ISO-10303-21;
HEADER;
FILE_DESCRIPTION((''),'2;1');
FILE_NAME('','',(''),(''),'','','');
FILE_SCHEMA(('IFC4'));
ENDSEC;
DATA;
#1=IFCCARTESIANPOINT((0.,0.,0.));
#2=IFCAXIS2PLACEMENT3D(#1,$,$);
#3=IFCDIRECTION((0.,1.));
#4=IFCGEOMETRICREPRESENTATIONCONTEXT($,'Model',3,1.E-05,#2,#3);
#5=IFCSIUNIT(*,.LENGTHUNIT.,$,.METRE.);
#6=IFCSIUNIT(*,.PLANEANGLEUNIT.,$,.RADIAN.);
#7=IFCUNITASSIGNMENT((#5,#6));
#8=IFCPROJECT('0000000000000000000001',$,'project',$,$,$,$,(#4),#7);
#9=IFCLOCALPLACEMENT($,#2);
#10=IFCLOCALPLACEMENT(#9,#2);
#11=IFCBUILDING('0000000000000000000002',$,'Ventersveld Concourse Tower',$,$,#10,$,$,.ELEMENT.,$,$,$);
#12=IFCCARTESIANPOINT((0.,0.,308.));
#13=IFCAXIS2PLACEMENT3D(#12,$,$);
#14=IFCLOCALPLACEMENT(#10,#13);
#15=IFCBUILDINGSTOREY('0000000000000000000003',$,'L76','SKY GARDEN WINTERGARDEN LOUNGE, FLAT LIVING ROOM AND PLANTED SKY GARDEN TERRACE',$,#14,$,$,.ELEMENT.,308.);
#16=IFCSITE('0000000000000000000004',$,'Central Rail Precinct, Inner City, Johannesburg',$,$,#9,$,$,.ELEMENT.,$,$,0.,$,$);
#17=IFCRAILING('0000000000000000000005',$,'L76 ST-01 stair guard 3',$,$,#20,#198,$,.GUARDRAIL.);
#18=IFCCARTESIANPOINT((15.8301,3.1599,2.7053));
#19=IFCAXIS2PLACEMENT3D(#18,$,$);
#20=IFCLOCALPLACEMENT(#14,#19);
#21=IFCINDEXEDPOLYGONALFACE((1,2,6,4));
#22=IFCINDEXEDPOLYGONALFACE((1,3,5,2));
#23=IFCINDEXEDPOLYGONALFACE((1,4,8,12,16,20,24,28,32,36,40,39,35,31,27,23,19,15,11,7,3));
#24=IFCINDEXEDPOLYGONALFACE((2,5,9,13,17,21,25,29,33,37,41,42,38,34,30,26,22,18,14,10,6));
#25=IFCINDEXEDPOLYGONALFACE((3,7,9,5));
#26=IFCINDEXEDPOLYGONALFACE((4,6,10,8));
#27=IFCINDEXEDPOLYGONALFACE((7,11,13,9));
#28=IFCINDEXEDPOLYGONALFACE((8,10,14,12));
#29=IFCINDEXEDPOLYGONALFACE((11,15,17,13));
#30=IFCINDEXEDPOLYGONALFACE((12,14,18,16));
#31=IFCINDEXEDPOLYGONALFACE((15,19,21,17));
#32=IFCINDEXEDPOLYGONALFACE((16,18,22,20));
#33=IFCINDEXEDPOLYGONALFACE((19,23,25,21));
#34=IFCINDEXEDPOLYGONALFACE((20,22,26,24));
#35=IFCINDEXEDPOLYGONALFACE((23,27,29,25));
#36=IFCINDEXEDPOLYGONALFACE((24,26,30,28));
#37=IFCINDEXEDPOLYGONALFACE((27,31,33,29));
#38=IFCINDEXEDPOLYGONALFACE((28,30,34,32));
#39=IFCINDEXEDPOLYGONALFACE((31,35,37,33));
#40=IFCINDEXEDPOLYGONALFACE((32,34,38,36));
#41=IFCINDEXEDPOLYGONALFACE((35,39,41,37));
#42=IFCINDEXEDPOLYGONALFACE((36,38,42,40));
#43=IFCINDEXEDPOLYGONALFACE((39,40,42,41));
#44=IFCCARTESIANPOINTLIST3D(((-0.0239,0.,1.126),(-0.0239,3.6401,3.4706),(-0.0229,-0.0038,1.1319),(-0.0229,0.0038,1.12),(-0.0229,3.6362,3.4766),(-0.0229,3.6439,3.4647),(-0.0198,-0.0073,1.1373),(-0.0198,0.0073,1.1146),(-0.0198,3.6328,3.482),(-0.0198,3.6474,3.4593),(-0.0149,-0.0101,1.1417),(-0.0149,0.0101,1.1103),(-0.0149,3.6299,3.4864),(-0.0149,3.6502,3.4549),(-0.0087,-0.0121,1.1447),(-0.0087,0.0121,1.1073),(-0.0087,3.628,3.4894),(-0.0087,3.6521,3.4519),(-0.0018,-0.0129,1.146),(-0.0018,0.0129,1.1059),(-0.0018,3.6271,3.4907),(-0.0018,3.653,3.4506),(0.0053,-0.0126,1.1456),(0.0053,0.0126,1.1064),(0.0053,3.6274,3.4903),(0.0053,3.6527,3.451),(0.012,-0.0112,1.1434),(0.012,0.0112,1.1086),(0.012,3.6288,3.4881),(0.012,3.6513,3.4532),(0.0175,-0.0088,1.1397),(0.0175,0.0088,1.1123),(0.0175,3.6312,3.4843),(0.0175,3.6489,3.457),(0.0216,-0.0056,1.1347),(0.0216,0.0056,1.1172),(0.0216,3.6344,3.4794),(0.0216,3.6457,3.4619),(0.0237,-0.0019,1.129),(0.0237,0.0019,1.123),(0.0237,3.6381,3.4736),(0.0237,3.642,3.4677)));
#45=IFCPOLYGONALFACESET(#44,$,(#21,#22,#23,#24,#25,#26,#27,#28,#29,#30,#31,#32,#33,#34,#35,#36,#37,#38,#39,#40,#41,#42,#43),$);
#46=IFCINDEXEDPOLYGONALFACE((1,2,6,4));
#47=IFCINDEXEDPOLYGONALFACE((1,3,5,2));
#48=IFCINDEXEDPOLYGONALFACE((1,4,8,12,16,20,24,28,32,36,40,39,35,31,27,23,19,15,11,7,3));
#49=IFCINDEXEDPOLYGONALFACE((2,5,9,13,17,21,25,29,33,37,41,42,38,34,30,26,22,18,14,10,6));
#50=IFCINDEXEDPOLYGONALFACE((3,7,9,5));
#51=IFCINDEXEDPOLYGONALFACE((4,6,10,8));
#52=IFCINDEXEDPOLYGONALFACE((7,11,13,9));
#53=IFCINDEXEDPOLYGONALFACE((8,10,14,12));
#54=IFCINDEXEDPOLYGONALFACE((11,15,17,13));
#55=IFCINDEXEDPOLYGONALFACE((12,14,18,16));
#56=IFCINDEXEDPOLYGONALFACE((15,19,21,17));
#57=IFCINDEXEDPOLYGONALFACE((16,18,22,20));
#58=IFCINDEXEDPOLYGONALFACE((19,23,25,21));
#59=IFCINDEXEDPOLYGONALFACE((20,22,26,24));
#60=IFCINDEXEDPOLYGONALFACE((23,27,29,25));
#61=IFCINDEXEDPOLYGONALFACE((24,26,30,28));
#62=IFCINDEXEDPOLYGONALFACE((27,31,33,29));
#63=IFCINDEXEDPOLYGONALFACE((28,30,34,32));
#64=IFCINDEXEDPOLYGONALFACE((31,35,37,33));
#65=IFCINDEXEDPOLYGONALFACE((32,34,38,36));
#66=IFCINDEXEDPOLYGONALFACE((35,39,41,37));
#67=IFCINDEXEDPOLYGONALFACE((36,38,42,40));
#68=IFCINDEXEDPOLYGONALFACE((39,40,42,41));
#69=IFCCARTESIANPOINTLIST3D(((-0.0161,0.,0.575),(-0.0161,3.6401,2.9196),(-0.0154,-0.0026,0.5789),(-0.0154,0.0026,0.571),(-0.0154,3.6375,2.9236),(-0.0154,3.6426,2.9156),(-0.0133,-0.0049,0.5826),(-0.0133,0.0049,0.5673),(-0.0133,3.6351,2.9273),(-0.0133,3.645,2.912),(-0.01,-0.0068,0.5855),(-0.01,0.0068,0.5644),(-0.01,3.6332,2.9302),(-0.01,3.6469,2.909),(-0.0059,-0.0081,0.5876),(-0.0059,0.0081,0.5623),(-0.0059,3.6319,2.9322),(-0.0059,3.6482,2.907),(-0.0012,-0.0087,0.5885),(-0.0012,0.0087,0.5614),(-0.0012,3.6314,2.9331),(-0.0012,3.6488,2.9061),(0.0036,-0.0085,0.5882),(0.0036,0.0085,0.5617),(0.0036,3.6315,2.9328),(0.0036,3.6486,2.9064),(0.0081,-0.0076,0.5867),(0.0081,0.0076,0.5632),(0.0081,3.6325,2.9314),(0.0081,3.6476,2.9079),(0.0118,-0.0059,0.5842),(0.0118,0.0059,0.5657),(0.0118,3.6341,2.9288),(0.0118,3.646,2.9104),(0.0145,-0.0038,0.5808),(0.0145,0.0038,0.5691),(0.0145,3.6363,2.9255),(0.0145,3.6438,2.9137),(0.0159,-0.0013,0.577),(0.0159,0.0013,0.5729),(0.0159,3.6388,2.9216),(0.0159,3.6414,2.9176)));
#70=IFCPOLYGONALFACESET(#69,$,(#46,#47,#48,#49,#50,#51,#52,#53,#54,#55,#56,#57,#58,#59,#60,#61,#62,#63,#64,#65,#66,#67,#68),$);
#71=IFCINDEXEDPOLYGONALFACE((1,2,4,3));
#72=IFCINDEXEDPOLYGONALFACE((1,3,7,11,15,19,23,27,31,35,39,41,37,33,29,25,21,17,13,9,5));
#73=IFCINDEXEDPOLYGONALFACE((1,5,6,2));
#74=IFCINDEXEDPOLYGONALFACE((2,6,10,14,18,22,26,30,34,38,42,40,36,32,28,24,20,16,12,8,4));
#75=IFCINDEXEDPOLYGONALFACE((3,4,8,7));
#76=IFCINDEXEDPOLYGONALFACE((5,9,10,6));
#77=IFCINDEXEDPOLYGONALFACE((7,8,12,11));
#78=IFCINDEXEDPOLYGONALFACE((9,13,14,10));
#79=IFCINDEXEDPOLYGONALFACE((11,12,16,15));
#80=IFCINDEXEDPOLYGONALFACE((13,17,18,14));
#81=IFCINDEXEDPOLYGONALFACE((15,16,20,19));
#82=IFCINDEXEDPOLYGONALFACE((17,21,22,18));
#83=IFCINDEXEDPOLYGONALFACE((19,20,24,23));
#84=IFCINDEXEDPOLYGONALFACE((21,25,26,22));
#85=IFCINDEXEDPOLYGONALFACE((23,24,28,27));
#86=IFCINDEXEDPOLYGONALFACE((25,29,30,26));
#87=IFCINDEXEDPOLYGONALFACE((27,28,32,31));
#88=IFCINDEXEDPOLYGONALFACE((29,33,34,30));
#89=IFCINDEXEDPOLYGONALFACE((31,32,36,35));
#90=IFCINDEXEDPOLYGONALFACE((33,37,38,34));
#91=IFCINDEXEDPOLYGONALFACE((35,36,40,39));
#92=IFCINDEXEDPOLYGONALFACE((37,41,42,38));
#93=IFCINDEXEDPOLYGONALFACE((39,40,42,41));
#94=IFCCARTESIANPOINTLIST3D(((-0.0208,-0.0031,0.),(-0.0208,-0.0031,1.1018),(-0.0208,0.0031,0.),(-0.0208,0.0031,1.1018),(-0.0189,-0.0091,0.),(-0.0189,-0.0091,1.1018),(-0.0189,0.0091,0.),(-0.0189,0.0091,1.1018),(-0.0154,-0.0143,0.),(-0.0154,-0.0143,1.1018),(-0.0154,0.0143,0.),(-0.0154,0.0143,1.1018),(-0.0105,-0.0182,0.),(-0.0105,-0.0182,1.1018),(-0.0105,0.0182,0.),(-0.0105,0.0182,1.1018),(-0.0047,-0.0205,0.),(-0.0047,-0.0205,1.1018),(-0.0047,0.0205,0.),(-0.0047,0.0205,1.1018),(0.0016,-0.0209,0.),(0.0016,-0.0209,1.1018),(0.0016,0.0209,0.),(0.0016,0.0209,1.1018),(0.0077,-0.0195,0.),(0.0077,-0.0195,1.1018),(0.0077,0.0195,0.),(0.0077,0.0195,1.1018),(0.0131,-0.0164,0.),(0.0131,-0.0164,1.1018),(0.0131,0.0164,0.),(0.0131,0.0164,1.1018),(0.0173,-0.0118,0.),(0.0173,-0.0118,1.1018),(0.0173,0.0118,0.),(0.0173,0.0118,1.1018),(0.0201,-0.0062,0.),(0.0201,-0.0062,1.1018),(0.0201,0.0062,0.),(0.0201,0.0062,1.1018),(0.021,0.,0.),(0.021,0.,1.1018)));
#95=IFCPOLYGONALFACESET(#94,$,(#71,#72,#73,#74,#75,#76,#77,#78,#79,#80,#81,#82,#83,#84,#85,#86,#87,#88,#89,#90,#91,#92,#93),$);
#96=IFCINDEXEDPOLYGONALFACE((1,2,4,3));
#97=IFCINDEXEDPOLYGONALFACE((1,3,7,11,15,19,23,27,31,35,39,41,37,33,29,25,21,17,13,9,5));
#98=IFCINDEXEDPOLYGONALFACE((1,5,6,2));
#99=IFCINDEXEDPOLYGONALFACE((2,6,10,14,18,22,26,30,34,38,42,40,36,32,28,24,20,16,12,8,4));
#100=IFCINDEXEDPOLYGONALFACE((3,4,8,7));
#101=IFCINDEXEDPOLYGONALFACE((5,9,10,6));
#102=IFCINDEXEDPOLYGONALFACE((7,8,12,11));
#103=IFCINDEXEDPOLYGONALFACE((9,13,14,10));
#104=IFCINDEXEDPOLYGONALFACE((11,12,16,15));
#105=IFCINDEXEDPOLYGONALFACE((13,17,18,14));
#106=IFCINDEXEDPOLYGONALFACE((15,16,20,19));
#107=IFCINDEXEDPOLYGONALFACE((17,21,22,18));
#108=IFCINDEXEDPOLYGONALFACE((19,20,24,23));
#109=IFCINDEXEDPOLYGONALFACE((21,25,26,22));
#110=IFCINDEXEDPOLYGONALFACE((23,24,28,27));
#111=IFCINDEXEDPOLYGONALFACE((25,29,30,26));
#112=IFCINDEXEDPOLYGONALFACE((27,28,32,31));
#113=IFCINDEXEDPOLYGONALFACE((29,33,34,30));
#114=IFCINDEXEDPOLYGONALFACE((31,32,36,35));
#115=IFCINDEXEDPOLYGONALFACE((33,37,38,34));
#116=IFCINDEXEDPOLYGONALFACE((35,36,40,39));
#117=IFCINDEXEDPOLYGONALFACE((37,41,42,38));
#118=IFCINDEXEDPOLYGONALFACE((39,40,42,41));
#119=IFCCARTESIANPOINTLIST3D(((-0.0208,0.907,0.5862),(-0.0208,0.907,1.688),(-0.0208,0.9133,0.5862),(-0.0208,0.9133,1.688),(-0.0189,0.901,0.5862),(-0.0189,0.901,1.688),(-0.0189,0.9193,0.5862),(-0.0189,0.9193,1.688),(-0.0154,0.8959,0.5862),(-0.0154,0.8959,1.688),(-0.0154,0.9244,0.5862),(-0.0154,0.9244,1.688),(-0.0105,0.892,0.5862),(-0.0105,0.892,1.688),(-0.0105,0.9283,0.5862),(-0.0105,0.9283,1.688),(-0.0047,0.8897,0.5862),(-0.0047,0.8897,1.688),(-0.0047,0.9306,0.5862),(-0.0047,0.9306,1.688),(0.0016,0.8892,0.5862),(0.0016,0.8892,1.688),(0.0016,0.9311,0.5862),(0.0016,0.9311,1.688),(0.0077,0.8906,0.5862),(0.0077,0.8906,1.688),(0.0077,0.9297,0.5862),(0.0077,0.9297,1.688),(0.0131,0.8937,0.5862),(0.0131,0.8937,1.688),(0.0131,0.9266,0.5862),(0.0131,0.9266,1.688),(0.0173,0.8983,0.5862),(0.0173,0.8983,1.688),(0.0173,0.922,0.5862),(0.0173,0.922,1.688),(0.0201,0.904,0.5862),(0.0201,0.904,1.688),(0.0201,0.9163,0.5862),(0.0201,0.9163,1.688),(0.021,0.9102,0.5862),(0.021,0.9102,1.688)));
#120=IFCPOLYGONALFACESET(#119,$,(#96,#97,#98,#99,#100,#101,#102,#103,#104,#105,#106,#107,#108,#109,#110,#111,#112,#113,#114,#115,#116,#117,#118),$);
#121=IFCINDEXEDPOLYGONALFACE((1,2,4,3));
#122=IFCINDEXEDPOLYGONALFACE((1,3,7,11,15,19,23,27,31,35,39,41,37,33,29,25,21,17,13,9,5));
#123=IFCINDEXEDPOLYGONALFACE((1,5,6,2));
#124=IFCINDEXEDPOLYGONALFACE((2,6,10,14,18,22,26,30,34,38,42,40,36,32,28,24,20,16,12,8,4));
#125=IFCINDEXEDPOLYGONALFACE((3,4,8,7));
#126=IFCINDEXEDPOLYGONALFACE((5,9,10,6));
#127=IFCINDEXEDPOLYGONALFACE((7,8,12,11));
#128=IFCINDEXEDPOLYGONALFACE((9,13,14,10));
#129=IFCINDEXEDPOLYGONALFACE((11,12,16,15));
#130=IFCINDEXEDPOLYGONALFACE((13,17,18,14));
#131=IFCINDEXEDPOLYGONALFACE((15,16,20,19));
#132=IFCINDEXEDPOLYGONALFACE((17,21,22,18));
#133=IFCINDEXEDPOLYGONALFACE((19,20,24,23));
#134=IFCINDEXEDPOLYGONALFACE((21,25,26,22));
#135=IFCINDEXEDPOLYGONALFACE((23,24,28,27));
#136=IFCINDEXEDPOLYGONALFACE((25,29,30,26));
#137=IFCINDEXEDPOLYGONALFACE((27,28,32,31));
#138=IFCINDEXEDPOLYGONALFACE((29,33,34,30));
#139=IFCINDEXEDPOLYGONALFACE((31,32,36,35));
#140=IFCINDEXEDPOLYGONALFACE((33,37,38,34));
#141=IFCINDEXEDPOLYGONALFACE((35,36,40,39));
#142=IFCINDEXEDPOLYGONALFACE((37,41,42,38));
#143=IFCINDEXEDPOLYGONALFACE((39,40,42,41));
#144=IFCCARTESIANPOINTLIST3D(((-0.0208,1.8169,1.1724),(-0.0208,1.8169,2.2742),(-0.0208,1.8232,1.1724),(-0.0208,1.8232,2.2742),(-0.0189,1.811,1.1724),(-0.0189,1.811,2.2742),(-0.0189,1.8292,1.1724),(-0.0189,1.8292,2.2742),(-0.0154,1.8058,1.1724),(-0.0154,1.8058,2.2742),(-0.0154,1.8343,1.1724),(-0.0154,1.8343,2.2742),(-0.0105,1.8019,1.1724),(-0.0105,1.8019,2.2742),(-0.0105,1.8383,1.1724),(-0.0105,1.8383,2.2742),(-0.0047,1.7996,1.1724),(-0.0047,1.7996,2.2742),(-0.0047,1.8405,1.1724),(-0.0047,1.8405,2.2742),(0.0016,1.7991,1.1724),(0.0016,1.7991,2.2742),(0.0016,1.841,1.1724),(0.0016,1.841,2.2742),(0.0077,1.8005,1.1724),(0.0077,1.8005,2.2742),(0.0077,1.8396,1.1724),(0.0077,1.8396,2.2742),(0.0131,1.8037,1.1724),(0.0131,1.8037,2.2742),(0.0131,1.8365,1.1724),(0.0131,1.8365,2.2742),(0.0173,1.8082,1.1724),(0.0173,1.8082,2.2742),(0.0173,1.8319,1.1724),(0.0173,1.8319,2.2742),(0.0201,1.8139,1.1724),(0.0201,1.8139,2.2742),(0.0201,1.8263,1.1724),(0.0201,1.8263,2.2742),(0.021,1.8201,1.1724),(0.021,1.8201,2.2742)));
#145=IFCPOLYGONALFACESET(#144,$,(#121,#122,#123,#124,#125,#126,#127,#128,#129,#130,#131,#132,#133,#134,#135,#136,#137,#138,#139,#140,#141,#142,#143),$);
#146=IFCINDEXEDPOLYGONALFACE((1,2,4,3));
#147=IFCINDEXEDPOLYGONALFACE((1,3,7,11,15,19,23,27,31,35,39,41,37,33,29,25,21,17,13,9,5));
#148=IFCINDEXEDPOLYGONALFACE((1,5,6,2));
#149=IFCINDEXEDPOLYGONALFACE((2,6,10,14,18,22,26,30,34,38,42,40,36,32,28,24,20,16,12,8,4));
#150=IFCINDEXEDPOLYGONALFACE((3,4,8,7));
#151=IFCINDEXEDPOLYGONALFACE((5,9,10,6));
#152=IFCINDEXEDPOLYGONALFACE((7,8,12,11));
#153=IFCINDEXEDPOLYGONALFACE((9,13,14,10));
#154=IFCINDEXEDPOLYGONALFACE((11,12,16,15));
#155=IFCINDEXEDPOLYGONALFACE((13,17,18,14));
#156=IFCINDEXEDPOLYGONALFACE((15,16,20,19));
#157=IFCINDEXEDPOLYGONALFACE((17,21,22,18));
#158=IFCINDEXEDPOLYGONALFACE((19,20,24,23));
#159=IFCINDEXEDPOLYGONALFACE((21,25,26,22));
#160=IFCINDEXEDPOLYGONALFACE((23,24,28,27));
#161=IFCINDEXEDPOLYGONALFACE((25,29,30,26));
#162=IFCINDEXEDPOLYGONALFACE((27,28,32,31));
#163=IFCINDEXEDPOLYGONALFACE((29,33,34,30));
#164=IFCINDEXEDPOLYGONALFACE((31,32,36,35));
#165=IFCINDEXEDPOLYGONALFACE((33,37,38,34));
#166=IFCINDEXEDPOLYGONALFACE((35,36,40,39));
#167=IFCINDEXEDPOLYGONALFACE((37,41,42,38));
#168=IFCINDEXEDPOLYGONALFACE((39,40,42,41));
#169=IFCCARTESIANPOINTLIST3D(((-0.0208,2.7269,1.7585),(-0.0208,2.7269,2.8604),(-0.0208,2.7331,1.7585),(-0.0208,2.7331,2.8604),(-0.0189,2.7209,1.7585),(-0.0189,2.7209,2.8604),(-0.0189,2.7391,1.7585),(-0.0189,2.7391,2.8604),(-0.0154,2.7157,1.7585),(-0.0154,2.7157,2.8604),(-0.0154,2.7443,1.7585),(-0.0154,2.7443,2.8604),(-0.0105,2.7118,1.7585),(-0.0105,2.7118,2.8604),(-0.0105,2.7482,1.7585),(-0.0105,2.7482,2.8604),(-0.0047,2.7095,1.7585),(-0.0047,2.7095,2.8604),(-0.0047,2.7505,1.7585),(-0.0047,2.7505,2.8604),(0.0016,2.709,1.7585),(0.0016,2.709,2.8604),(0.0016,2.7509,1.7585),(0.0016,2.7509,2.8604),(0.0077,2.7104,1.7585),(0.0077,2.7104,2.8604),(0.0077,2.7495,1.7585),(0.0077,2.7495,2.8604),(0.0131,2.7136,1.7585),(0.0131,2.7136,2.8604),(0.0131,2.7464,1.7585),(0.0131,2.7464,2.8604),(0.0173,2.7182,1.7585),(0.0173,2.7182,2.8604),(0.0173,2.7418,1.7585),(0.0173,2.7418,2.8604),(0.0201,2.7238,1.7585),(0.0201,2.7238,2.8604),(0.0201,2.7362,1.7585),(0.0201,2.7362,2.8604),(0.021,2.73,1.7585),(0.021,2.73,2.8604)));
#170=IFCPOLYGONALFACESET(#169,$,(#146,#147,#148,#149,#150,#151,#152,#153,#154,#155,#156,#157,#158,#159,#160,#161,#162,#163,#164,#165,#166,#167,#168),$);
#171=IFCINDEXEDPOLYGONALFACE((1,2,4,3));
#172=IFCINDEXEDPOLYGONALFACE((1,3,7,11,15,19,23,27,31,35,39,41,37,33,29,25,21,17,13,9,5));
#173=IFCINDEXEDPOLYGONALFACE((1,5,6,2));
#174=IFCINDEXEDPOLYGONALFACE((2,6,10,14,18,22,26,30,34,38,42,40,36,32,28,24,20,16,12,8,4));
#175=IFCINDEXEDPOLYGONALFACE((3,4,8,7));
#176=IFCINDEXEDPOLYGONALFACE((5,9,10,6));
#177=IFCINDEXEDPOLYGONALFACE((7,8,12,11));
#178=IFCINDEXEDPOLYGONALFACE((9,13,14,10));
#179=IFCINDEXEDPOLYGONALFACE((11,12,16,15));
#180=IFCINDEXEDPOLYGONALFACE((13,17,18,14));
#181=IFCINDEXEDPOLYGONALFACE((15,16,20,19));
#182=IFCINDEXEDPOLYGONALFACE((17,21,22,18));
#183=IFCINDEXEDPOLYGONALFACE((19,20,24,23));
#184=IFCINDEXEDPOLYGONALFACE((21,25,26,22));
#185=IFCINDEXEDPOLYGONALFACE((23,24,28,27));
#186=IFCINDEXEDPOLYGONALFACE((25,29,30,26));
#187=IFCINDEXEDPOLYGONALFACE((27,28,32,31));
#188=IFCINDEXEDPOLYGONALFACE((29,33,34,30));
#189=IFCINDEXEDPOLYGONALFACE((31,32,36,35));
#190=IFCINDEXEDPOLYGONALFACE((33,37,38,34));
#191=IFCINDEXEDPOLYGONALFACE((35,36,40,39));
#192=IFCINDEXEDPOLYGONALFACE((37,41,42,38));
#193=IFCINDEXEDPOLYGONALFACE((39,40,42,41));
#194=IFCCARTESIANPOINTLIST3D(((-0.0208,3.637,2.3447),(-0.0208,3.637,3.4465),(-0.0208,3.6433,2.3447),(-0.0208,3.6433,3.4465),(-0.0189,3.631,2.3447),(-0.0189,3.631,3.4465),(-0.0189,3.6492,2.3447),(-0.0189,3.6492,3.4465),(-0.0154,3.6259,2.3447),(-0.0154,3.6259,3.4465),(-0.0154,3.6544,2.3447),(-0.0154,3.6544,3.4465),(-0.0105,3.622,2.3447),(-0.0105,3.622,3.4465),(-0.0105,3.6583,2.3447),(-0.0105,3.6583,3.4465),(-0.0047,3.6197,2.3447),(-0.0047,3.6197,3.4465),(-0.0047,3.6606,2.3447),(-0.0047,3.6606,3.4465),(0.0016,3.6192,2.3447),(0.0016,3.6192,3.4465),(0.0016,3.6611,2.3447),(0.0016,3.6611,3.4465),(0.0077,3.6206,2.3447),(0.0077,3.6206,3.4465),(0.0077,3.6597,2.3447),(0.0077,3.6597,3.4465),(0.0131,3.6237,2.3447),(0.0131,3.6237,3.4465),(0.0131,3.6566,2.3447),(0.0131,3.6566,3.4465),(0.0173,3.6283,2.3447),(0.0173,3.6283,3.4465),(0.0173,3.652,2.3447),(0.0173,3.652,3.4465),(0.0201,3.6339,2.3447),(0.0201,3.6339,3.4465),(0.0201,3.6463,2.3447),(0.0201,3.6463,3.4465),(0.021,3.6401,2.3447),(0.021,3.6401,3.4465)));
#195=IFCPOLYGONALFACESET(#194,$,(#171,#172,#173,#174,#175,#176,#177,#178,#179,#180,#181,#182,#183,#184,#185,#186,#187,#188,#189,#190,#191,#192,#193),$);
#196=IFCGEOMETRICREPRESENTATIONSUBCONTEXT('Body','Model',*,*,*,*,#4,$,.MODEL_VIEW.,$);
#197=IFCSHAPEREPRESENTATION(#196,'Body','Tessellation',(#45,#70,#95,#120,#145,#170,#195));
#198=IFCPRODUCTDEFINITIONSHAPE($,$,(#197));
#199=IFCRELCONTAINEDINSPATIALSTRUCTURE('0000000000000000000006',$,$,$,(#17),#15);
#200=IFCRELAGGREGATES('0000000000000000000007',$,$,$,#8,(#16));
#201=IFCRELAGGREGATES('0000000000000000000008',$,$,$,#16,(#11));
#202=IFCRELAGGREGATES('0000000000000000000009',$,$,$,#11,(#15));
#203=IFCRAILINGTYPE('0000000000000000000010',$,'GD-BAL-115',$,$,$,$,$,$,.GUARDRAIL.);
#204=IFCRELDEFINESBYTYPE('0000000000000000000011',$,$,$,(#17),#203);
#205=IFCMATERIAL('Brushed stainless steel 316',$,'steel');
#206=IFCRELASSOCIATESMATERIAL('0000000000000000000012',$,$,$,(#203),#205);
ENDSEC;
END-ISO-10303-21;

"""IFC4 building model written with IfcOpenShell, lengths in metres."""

from ifc_helpers import new_model, si_unit, direction, frame, origin, origin_2d, place, context, subcontext, project, spatial, circle, extrude, material, type_object, element, save


model = new_model("IFC4")

# Units and contexts
model_context = context("Model", 3, precision=1e-05, world=origin(), true_north=direction((0.0, 1.0)))
body_context = subcontext(model_context, "Body", "Model", "MODEL_VIEW")
ifc_project = project(units=[si_unit("LENGTHUNIT", "METRE"), si_unit("PLANEANGLEUNIT", "RADIAN")], contexts=[model_context])

# Site, building, storey
site_placement = place(None, origin())
site = spatial("IfcSite", under=ifc_project, at=site_placement, Name="Central Rail Precinct, Inner City, Johannesburg", CompositionType="ELEMENT", RefElevation=0.0)
building_placement = place(site_placement, origin())
building = spatial("IfcBuilding", under=site, at=building_placement, Name="Ventersveld Concourse Tower", CompositionType="ELEMENT")
storey_placement = place(building_placement, frame((0.0, 0.0, 308.0)))
storey = spatial("IfcBuildingStorey", under=building, at=storey_placement, Name="L76", Description="SKY GARDEN WINTERGARDEN LOUNGE, FLAT LIVING ROOM AND PLANTED SKY GARDEN TERRACE", CompositionType="ELEMENT", Elevation=308.0)

# Shared definitions
ifc_material_1 = material(Name="Brushed stainless steel 316", Category="steel")

# Railing
railing_type_1 = type_object("IfcRailingType", Name="GD-BAL-115", PredefinedType="GUARDRAIL", material=ifc_material_1)
railing_1_placement = place(storey_placement, frame((15.8301, 3.1599, 2.7053)))
element("IfcRailing", 1, at=railing_1_placement, inside=storey, type_object=railing_type_1, Name="L76 ST-01 stair guard 3", PredefinedType="GUARDRAIL", context=body_context, shape_type="SweptSolid", body=[
    extrude(circle(Radius=0.0239, at=origin_2d()), frame((0.0, 0.0, 1.126), z_axis=(0.0, 0.840691, 0.541515), x_axis=(-1.0, 0.0, 0.0)), (0.0, 0.0, 1.0), 4.3298),
    extrude(circle(Radius=0.0161, at=origin_2d()), frame((0.0, 0.0, 0.575), z_axis=(0.0, 0.840691, 0.541515), x_axis=(-1.0, 0.0, 0.0)), (0.0, 0.0, 1.0), 4.3298),
    extrude(circle(Radius=0.021, at=origin_2d()), origin(), (0.0, 0.0, 1.0), 1.1018),
    extrude(circle(Radius=0.021, at=origin_2d()), frame((0.0, 0.9102, 0.5862)), (0.0, 0.0, 1.0), 1.1018),
    extrude(circle(Radius=0.021, at=origin_2d()), frame((0.0, 1.8201, 1.1724)), (0.0, 0.0, 1.0), 1.1018),
    extrude(circle(Radius=0.021, at=origin_2d()), frame((0.0, 2.73, 1.7585)), (0.0, 0.0, 1.0), 1.1018),
    extrude(circle(Radius=0.021, at=origin_2d()), frame((0.0, 3.6401, 2.3447)), (0.0, 0.0, 1.0), 1.1018),
])

save(model, "model.ifc")
